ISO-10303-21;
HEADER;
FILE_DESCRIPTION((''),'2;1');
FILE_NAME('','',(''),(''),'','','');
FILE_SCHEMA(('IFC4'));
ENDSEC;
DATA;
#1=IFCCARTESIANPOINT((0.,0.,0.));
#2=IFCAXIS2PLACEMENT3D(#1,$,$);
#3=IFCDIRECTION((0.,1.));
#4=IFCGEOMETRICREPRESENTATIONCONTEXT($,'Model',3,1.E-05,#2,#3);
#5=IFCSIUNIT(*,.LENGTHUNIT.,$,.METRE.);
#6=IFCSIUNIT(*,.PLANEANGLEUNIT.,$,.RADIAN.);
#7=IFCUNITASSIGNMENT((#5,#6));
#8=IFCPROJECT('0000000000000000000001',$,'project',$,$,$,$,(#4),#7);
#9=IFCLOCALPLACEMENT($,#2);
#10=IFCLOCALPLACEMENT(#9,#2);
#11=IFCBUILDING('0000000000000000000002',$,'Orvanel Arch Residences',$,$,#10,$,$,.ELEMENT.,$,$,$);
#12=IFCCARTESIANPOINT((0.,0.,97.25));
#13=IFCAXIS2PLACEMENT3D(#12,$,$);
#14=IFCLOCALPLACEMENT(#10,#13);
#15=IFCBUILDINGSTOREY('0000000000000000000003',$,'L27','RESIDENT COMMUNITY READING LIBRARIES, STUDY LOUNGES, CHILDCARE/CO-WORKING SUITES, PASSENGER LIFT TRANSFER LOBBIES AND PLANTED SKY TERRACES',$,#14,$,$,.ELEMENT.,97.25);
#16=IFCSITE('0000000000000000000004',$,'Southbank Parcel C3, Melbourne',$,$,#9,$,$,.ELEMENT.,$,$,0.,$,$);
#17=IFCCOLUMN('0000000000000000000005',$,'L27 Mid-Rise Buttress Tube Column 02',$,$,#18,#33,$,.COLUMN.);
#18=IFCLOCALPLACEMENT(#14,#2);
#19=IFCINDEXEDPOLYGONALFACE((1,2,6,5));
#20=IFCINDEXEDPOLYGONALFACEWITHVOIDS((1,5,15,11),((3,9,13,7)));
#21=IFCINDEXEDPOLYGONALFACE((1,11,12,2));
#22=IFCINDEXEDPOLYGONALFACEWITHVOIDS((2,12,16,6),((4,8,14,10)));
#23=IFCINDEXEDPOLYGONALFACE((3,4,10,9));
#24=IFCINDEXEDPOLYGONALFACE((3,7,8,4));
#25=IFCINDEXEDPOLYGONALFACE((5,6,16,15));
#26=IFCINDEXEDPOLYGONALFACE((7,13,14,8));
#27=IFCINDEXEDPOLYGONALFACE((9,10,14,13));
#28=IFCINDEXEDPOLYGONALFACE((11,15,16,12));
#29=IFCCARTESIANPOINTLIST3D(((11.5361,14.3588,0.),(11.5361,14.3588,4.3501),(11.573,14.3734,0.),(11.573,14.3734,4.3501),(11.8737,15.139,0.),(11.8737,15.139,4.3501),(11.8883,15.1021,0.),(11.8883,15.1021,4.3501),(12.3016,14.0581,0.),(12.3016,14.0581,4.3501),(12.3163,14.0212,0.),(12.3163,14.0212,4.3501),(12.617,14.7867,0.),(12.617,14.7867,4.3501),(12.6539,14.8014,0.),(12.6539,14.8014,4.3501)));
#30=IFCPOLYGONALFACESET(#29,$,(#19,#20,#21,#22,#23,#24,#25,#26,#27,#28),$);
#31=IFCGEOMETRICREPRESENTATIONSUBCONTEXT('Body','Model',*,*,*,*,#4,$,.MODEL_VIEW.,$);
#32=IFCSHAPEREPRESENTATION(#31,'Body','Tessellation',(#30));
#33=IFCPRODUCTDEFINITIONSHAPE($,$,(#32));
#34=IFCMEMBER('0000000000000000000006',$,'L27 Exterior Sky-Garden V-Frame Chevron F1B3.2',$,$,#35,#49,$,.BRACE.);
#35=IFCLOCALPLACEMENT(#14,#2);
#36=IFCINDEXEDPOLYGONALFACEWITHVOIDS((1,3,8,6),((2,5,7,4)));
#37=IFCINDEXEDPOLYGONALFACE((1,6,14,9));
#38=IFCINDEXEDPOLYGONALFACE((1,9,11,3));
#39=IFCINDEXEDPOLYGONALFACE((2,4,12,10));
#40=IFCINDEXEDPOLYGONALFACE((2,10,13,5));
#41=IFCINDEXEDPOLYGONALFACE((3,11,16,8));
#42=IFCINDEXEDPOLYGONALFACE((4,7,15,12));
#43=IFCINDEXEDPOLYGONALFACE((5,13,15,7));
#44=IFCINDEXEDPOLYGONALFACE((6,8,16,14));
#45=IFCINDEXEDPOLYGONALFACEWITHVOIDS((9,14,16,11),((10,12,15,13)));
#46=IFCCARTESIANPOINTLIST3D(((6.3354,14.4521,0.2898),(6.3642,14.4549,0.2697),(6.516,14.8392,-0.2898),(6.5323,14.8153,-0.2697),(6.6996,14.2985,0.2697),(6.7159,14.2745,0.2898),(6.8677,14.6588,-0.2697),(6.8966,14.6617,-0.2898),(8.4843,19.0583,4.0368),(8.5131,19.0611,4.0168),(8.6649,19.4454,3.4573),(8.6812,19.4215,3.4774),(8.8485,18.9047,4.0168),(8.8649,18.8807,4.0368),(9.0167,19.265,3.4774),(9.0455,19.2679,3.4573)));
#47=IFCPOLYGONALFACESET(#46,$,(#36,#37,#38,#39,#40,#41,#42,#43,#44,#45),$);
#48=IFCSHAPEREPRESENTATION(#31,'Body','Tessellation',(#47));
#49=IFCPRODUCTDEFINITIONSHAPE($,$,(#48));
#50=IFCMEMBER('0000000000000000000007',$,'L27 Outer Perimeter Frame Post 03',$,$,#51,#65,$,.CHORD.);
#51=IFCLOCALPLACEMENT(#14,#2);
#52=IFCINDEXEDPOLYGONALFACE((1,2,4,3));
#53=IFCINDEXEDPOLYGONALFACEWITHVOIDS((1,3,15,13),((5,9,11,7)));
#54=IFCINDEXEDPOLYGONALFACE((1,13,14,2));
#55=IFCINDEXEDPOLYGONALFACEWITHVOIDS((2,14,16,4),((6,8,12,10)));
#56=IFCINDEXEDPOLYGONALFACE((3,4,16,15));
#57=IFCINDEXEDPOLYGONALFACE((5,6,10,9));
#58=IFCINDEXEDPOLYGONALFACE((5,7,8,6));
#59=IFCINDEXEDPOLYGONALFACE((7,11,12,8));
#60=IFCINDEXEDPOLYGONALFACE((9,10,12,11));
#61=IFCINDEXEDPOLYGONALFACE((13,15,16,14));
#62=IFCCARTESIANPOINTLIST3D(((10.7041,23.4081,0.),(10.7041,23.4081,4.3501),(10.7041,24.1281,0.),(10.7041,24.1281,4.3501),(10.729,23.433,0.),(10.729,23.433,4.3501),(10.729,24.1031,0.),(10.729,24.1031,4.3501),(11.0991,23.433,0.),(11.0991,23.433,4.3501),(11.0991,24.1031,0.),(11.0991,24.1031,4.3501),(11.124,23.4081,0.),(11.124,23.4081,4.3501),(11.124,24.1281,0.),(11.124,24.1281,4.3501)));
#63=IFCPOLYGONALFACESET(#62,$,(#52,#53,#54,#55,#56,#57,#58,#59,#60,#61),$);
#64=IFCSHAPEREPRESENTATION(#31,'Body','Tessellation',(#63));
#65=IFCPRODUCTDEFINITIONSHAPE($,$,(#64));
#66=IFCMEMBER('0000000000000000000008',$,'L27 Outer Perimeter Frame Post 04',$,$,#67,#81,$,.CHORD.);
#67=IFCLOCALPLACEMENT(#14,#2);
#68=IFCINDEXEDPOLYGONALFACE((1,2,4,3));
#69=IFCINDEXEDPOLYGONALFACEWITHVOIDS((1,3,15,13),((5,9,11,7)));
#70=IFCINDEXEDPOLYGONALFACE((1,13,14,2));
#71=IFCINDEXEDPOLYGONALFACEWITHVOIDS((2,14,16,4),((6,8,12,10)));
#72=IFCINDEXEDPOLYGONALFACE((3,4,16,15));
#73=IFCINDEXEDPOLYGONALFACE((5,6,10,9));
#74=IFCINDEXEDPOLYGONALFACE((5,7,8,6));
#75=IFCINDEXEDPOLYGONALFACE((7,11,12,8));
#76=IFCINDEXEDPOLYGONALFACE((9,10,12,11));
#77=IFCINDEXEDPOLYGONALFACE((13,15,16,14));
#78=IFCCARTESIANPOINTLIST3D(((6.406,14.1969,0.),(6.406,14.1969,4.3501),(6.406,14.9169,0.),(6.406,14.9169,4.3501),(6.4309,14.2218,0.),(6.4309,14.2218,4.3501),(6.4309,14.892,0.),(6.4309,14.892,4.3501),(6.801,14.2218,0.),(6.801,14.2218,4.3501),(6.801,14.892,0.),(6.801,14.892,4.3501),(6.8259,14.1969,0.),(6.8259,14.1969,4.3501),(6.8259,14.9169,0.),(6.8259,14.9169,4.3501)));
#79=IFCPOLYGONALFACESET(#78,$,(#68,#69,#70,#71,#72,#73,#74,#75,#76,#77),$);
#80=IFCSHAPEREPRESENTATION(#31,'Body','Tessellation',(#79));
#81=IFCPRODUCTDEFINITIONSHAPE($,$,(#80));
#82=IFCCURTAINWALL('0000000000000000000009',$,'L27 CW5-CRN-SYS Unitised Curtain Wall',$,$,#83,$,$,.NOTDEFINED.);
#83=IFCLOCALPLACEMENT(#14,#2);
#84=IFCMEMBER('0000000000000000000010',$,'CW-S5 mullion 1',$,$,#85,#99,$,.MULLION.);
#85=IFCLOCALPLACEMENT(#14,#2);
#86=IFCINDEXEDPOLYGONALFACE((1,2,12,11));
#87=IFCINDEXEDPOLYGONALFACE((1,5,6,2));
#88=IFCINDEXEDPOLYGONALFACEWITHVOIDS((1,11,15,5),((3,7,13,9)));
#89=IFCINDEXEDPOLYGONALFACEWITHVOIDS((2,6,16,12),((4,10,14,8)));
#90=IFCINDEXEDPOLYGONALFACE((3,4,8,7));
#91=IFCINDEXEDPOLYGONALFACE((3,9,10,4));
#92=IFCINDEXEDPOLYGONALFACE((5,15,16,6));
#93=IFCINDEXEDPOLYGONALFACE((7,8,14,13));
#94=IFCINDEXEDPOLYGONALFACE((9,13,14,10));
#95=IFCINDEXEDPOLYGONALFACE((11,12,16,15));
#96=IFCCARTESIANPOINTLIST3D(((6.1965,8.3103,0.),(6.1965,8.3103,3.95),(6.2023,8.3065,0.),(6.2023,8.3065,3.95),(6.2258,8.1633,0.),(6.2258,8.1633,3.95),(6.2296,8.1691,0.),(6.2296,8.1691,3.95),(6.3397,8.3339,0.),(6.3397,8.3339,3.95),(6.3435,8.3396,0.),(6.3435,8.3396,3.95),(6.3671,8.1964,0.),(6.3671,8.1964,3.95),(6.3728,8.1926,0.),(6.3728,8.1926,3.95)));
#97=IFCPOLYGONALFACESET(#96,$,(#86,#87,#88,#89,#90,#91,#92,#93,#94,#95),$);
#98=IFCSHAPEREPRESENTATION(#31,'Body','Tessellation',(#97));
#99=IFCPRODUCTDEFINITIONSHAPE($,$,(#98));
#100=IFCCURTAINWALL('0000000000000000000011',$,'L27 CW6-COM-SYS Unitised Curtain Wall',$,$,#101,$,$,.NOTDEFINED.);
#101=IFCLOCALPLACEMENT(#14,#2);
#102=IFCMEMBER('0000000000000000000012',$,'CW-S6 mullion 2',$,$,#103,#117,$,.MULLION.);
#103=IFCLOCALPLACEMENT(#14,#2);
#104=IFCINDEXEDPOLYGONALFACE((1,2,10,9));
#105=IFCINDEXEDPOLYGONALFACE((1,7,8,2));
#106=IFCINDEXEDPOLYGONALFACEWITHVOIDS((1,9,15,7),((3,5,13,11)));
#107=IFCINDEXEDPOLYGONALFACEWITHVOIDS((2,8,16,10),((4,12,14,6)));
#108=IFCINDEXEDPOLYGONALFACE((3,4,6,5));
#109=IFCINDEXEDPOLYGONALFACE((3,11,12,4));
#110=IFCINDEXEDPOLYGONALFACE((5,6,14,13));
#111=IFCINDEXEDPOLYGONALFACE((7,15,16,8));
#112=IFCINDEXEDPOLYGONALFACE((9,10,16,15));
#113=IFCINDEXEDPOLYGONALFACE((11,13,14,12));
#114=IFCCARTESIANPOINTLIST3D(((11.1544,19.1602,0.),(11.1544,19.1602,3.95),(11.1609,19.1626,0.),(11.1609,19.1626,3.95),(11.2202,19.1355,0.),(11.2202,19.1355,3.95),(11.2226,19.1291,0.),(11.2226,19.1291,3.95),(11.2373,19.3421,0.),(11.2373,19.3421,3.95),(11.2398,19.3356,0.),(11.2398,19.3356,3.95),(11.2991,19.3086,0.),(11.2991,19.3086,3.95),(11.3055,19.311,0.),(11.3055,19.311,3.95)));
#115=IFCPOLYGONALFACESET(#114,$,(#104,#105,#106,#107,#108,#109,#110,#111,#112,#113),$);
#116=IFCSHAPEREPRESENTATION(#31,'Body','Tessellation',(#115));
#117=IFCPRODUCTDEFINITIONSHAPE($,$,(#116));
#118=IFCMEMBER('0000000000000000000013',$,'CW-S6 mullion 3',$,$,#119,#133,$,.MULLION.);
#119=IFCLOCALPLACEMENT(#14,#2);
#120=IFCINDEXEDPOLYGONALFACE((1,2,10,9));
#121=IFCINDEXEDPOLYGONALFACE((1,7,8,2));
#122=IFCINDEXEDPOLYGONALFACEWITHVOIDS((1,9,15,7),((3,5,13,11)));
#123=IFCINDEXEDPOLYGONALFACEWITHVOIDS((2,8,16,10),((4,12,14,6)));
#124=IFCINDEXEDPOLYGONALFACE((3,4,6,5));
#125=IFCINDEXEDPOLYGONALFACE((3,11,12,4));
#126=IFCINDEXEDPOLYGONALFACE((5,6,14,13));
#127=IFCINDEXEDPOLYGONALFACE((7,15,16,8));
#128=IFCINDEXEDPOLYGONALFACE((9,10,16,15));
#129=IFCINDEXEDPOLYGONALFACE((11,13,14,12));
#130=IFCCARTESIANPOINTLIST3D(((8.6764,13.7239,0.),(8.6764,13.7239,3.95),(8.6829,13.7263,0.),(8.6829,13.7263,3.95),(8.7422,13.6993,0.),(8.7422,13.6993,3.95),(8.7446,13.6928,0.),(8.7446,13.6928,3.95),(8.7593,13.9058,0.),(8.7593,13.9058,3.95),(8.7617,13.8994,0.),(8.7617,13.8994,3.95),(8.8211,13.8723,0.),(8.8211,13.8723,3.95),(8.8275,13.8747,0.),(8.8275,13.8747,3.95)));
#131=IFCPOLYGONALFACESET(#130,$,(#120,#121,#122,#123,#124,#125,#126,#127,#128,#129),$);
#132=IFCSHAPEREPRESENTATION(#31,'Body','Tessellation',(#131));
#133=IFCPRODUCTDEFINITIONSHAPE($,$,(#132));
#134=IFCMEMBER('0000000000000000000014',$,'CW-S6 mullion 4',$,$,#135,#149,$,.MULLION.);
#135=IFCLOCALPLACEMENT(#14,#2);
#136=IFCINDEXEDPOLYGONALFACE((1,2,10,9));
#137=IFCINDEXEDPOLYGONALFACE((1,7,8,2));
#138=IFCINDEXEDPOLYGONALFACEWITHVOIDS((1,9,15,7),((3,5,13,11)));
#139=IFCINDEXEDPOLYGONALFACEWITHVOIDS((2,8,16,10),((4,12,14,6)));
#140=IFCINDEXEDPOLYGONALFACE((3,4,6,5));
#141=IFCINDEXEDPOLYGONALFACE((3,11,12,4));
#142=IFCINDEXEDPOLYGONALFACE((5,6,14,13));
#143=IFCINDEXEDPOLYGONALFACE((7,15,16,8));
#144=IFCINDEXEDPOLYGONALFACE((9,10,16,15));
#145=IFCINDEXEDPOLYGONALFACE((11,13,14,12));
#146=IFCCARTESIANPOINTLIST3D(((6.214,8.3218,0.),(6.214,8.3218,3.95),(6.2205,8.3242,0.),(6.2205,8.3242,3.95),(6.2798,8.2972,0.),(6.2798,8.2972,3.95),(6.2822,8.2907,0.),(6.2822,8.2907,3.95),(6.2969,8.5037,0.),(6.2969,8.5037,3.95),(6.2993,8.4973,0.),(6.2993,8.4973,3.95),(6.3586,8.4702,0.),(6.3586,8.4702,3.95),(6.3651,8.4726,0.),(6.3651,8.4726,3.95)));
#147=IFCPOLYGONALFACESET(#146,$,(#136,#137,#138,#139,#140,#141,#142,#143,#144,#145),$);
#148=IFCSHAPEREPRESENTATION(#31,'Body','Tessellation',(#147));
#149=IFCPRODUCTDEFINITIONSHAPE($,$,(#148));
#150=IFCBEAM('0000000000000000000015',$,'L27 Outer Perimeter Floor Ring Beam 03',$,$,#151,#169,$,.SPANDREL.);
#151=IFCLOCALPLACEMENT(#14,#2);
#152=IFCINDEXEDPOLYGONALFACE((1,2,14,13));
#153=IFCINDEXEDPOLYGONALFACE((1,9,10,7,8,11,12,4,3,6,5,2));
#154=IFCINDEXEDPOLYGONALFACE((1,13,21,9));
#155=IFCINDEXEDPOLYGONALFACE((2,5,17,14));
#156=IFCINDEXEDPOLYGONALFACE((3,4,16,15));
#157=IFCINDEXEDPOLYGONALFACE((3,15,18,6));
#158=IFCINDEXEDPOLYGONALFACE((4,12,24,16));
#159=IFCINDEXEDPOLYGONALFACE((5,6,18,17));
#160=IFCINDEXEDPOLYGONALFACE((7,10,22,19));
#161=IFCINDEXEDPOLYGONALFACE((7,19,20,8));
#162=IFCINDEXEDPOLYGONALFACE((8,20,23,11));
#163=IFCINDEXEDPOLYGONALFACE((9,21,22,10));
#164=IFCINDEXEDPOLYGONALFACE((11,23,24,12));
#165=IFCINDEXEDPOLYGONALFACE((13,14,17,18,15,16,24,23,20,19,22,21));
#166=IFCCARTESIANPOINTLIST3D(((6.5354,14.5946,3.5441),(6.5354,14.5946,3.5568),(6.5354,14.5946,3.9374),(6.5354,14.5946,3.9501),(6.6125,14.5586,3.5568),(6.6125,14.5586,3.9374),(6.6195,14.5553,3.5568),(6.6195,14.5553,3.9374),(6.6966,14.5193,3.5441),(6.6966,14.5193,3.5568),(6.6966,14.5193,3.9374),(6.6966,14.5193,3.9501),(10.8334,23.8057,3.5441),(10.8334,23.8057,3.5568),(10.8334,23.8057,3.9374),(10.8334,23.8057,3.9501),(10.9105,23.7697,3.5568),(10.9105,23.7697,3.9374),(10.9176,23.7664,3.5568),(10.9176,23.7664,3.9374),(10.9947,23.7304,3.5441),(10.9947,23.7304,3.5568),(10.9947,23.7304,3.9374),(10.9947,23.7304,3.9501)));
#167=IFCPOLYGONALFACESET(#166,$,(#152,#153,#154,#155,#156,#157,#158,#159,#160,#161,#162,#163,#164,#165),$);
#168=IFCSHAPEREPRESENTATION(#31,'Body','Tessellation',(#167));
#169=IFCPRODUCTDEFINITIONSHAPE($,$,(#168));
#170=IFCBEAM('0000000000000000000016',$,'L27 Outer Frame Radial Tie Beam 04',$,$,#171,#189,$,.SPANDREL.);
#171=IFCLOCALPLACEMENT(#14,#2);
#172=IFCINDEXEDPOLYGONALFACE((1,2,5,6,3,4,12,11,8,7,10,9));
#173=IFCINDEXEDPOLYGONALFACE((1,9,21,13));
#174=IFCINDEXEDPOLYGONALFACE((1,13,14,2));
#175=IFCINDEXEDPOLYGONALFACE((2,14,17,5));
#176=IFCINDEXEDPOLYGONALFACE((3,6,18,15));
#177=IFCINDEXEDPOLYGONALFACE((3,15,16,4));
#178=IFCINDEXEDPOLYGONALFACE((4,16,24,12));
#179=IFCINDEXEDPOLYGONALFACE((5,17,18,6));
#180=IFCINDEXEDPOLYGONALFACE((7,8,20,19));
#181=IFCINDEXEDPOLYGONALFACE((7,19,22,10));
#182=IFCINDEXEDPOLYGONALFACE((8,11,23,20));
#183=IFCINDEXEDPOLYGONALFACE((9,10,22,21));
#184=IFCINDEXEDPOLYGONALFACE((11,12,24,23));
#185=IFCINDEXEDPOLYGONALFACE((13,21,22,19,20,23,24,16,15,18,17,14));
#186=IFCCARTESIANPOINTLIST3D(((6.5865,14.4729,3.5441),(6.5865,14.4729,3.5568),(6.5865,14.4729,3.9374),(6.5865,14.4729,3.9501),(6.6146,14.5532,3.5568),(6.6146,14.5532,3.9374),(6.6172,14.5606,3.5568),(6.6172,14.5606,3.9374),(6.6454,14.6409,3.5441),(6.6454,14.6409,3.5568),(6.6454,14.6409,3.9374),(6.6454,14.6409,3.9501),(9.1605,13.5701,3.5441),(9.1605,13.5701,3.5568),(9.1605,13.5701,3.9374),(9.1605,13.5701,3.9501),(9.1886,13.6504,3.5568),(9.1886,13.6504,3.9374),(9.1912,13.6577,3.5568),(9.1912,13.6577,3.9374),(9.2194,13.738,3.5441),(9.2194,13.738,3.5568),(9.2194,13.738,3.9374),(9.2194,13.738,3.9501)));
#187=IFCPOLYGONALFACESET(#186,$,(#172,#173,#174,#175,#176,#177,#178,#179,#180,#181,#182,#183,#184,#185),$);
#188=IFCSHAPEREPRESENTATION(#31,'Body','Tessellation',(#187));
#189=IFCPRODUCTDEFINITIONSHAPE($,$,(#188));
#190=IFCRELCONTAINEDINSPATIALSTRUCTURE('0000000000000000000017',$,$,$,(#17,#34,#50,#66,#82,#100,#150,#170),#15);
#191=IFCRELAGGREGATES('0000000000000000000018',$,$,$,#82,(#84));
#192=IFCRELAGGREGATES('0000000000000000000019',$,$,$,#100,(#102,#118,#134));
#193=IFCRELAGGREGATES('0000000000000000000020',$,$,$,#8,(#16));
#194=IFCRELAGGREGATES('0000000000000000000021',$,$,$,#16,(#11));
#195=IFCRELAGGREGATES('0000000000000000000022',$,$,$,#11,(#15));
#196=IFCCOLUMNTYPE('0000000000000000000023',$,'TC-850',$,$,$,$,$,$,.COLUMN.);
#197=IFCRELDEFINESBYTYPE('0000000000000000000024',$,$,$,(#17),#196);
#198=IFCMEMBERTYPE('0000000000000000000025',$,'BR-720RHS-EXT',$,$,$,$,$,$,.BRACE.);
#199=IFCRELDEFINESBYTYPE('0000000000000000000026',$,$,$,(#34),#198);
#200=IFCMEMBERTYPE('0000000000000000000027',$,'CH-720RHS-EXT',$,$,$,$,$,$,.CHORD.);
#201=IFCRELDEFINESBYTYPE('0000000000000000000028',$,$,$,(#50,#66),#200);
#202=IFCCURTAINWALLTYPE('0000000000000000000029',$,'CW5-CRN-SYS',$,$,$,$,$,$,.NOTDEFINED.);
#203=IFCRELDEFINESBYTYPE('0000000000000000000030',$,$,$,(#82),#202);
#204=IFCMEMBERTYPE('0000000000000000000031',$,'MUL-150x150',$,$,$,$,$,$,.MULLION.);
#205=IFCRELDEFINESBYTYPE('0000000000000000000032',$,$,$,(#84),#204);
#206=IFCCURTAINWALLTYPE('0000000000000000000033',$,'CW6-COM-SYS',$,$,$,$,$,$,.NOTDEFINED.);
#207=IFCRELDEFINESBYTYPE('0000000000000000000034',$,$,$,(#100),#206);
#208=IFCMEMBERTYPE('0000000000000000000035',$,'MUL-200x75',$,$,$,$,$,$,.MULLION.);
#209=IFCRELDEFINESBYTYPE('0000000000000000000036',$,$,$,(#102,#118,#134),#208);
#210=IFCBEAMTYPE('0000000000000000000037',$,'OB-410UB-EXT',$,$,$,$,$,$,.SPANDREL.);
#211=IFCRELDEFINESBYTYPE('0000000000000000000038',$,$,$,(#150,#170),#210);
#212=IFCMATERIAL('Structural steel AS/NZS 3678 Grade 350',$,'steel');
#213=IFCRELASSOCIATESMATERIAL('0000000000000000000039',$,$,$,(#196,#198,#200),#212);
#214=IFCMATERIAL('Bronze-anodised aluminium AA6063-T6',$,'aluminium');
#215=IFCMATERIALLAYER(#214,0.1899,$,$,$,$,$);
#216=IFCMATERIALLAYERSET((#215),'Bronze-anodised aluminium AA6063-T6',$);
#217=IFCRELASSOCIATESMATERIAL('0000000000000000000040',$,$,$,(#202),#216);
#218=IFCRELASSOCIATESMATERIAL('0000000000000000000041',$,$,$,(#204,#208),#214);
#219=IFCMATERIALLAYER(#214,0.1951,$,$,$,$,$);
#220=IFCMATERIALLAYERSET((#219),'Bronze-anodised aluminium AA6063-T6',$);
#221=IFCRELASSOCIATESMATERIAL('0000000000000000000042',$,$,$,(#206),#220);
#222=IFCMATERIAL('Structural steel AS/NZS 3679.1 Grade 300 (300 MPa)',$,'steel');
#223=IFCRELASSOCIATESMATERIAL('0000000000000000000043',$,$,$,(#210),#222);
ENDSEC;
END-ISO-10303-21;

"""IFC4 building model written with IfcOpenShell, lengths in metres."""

from ifc_helpers import new_model, si_unit, direction, frame, origin, origin_2d, place, context, subcontext, project, spatial, hollow_rectangle, i_section, extrude, material, layer, layer_set, material_profile, profile_set, type_object, element, aggregate, save


model = new_model("IFC4")

# Units and contexts
model_context = context("Model", 3, precision=1e-05, world=origin(), true_north=direction((0.0, 1.0)))
body_context = subcontext(model_context, "Body", "Model", "MODEL_VIEW")
ifc_project = project(units=[si_unit("LENGTHUNIT", "METRE"), si_unit("PLANEANGLEUNIT", "RADIAN")], contexts=[model_context])

# Site, building, storey
site_placement = place(None, origin())
site = spatial("IfcSite", under=ifc_project, at=site_placement, Name="Southbank Parcel C3, Melbourne", CompositionType="ELEMENT", RefElevation=0.0)
building_placement = place(site_placement, origin())
building = spatial("IfcBuilding", under=site, at=building_placement, Name="Orvanel Arch Residences", CompositionType="ELEMENT")
storey_placement = place(building_placement, frame((0.0, 0.0, 97.25)))
storey = spatial("IfcBuildingStorey", under=building, at=storey_placement, Name="L27", Description="RESIDENT COMMUNITY READING LIBRARIES, STUDY LOUNGES, CHILDCARE/CO-WORKING SUITES, PASSENGER LIFT TRANSFER LOBBIES AND PLANTED SKY TERRACES", CompositionType="ELEMENT", Elevation=97.25)

# Column
ifc_material_1 = material(Name="Structural steel AS/NZS 3678 Grade 350", Category="steel")
ifc_material_profile_1 = material_profile(ifc_material_1, hollow_rectangle(XDim=0.8501, YDim=0.8501, WallThickness=0.0281, at=origin_2d()), Name="BOX850x850x28")
ifc_profile_set_1 = profile_set([ifc_material_profile_1], Name="Structural steel AS/NZS 3678 Grade 350")
column_type = type_object("IfcColumnType", Name="TC-850", PredefinedType="COLUMN", material=ifc_profile_set_1)
column_placement = place(storey_placement, frame((12.095, 14.5801, 0.0), z_axis=(0.0, 0.0, 1.0), x_axis=(0.397148, 0.917755, 0.0)))
element("IfcColumn", 1, at=column_placement, inside=storey, type_object=column_type, Name="L27 Mid-Rise Buttress Tube Column 02", PredefinedType="COLUMN", context=body_context, shape_type="SweptSolid", body=[
    extrude(hollow_rectangle(XDim=0.8501, YDim=0.8501, WallThickness=0.0281, at=origin_2d()), origin(), (0.0, 0.0, 1.0), 4.3501),
])

# Members
ifc_material_profile_2 = material_profile(ifc_material_1, hollow_rectangle(XDim=0.4199, YDim=0.72, WallThickness=0.0249, at=origin_2d()), Name="RHS720x420x25")
ifc_profile_set_2 = profile_set([ifc_material_profile_2], Name="Structural steel AS/NZS 3678 Grade 350")
member_type_1 = type_object("IfcMemberType", Name="BR-720RHS-EXT", PredefinedType="BRACE", material=ifc_profile_set_2)
member_1_placement = place(storey_placement, frame((6.616, 14.5569, 0.0), z_axis=(0.340305, 0.72944, 0.593388), x_axis=(-0.906231, 0.422783, 0.0)))
element("IfcMember", 2, at=member_1_placement, inside=storey, type_object=member_type_1, Name="L27 Exterior Sky-Garden V-Frame Chevron F1B3.2", PredefinedType="BRACE", context=body_context, shape_type="SweptSolid", body=[
    extrude(hollow_rectangle(XDim=0.4199, YDim=0.72, WallThickness=0.0249, at=origin_2d()), origin(), (0.0, 0.0, 1.0), 6.3147),
])
ifc_material_profile_3 = material_profile(ifc_material_1, hollow_rectangle(XDim=0.4199, YDim=0.72, WallThickness=0.0249, at=origin_2d()), Name="RHS720x420x25")
ifc_profile_set_3 = profile_set([ifc_material_profile_3], Name="Structural steel AS/NZS 3678 Grade 350")
member_type_2 = type_object("IfcMemberType", Name="CH-720RHS-EXT", PredefinedType="CHORD", material=ifc_profile_set_3)
for number, where, z_axis, x_axis, name in (
    (3, (10.9141, 23.7681, 0.0), (0.0, 0.0, 1.0), (1.0, 0.0, 0.0), "L27 Outer Perimeter Frame Post 03"),
    (4, (6.616, 14.5569, 0.0), (0.0, 0.0, 1.0), (1.0, 0.0, 0.0), "L27 Outer Perimeter Frame Post 04"),
):
    element("IfcMember", number, at=place(storey_placement, frame(where, z_axis=z_axis, x_axis=x_axis)), inside=storey, type_object=member_type_2, Name=name, PredefinedType="CHORD", context=body_context, shape_type="SweptSolid", body=[
        extrude(hollow_rectangle(XDim=0.4199, YDim=0.72, WallThickness=0.0249, at=origin_2d()), origin(), (0.0, 0.0, 1.0), 4.3501),
    ])

# Curtain wall, member
ifc_material_2 = material(Name="Bronze-anodised aluminium AA6063-T6", Category="aluminium")
ifc_layer_1 = layer(ifc_material_2, 0.1899)
ifc_layer_set_1 = layer_set([ifc_layer_1], Name="Bronze-anodised aluminium AA6063-T6")
curtain_wall_type_1 = type_object("IfcCurtainWallType", Name="CW5-CRN-SYS", PredefinedType="NOTDEFINED", material=ifc_layer_set_1)
curtain_wall_1_placement = place(storey_placement, origin())
curtain_wall_1 = element("IfcCurtainWall", 5, at=curtain_wall_1_placement, inside=storey, type_object=curtain_wall_type_1, Name="L27 CW5-CRN-SYS Unitised Curtain Wall", PredefinedType="NOTDEFINED")
ifc_material_profile_4 = material_profile(ifc_material_2, hollow_rectangle(XDim=0.1499, YDim=0.1499, WallThickness=0.0049, at=origin_2d()), Name="ALU150x150x5")
ifc_profile_set_4 = profile_set([ifc_material_profile_4], Name="Bronze-anodised aluminium AA6063-T6")
member_type_3 = type_object("IfcMemberType", Name="MUL-150x150", PredefinedType="MULLION", material=ifc_profile_set_4)
member_2_placement = place(storey_placement, frame((6.2847, 8.2515, 0.0), z_axis=(0.0, 0.0, 1.0), x_axis=(0.980748, 0.195279, 0.0)))
member_2 = element("IfcMember", 6, at=member_2_placement, type_object=member_type_3, Name="CW-S5 mullion 1", PredefinedType="MULLION", context=body_context, shape_type="SweptSolid", body=[
    extrude(hollow_rectangle(XDim=0.1499, YDim=0.1499, WallThickness=0.0049, at=origin_2d()), origin(), (0.0, 0.0, 1.0), 3.95),
])
aggregate(curtain_wall_1, [member_2])

# Curtain wall, members
ifc_layer_2 = layer(ifc_material_2, 0.1951)
ifc_layer_set_2 = layer_set([ifc_layer_2], Name="Bronze-anodised aluminium AA6063-T6")
curtain_wall_type_2 = type_object("IfcCurtainWallType", Name="CW6-COM-SYS", PredefinedType="NOTDEFINED", material=ifc_layer_set_2)
curtain_wall_2_placement = place(storey_placement, origin())
curtain_wall_2 = element("IfcCurtainWall", 7, at=curtain_wall_2_placement, inside=storey, type_object=curtain_wall_type_2, Name="L27 CW6-COM-SYS Unitised Curtain Wall", PredefinedType="NOTDEFINED")
ifc_material_profile_5 = material_profile(ifc_material_2, hollow_rectangle(XDim=0.075, YDim=0.2, WallThickness=0.0049, at=origin_2d()), Name="ALU200x75x5")
ifc_profile_set_5 = profile_set([ifc_material_profile_5], Name="Bronze-anodised aluminium AA6063-T6")
member_type_4 = type_object("IfcMemberType", Name="MUL-200x75", PredefinedType="MULLION", material=ifc_profile_set_5)
member_3_placement = place(storey_placement, frame((11.23, 19.2356, 0.0), z_axis=(0.0, 0.0, 1.0), x_axis=(0.909928, -0.414765, 0.0)))
member_3 = element("IfcMember", 8, at=member_3_placement, type_object=member_type_4, Name="CW-S6 mullion 2", PredefinedType="MULLION", context=body_context, shape_type="SweptSolid", body=[
    extrude(hollow_rectangle(XDim=0.075, YDim=0.2, WallThickness=0.0049, at=origin_2d()), origin(), (0.0, 0.0, 1.0), 3.95),
])
member_4_placement = place(storey_placement, frame((8.752, 13.7993, 0.0), z_axis=(0.0, 0.0, 1.0), x_axis=(0.909928, -0.414765, 0.0)))
member_4 = element("IfcMember", 9, at=member_4_placement, type_object=member_type_4, Name="CW-S6 mullion 3", PredefinedType="MULLION", context=body_context, shape_type="SweptSolid", body=[
    extrude(hollow_rectangle(XDim=0.075, YDim=0.2, WallThickness=0.0049, at=origin_2d()), origin(), (0.0, 0.0, 1.0), 3.95),
])
member_5_placement = place(storey_placement, frame((6.2896, 8.3972, 0.0), z_axis=(0.0, 0.0, 1.0), x_axis=(0.909928, -0.414765, 0.0)))
member_5 = element("IfcMember", 10, at=member_5_placement, type_object=member_type_4, Name="CW-S6 mullion 4", PredefinedType="MULLION", context=body_context, shape_type="SweptSolid", body=[
    extrude(hollow_rectangle(XDim=0.075, YDim=0.2, WallThickness=0.0049, at=origin_2d()), origin(), (0.0, 0.0, 1.0), 3.95),
])

# Beams
ifc_material_3 = material(Name="Structural steel AS/NZS 3679.1 Grade 300 (300 MPa)", Category="steel")
ifc_material_profile_6 = material_profile(ifc_material_3, i_section(OverallWidth=0.178, OverallDepth=0.406, WebThickness=0.0078, FlangeThickness=0.0127, at=origin_2d()), Name="410UB59.7")
ifc_profile_set_6 = profile_set([ifc_material_profile_6], Name="Structural steel AS/NZS 3679.1 Grade 300 (300 MPa)")
beam_type = type_object("IfcBeamType", Name="OB-410UB-EXT", PredefinedType="SPANDREL", material=ifc_profile_set_6)
beam_1_placement = place(storey_placement, frame((10.9141, 23.7681, 3.7471), z_axis=(-0.422849, -0.9062, 0.0), x_axis=(0.9062, -0.422849, 0.0)))
element("IfcBeam", 11, at=beam_1_placement, inside=storey, type_object=beam_type, Name="L27 Outer Perimeter Floor Ring Beam 03", PredefinedType="SPANDREL", context=body_context, shape_type="SweptSolid", body=[
    extrude(i_section(OverallWidth=0.178, OverallDepth=0.406, WebThickness=0.0078, FlangeThickness=0.0127, at=origin_2d()), origin(), (0.0, 0.0, 1.0), 10.1646),
])
beam_2_placement = place(storey_placement, frame((9.1899, 13.6541, 3.7471), z_axis=(-0.943636, 0.330984, 0.0), x_axis=(-0.330984, -0.943636, 0.0)))
element("IfcBeam", 12, at=beam_2_placement, inside=storey, type_object=beam_type, Name="L27 Outer Frame Radial Tie Beam 04", PredefinedType="SPANDREL", context=body_context, shape_type="SweptSolid", body=[
    extrude(i_section(OverallWidth=0.178, OverallDepth=0.406, WebThickness=0.0078, FlangeThickness=0.0127, at=origin_2d()), origin(), (0.0, 0.0, 1.0), 2.7278),
])

aggregate(curtain_wall_2, [member_3, member_4, member_5])

save(model, "model.ifc")
